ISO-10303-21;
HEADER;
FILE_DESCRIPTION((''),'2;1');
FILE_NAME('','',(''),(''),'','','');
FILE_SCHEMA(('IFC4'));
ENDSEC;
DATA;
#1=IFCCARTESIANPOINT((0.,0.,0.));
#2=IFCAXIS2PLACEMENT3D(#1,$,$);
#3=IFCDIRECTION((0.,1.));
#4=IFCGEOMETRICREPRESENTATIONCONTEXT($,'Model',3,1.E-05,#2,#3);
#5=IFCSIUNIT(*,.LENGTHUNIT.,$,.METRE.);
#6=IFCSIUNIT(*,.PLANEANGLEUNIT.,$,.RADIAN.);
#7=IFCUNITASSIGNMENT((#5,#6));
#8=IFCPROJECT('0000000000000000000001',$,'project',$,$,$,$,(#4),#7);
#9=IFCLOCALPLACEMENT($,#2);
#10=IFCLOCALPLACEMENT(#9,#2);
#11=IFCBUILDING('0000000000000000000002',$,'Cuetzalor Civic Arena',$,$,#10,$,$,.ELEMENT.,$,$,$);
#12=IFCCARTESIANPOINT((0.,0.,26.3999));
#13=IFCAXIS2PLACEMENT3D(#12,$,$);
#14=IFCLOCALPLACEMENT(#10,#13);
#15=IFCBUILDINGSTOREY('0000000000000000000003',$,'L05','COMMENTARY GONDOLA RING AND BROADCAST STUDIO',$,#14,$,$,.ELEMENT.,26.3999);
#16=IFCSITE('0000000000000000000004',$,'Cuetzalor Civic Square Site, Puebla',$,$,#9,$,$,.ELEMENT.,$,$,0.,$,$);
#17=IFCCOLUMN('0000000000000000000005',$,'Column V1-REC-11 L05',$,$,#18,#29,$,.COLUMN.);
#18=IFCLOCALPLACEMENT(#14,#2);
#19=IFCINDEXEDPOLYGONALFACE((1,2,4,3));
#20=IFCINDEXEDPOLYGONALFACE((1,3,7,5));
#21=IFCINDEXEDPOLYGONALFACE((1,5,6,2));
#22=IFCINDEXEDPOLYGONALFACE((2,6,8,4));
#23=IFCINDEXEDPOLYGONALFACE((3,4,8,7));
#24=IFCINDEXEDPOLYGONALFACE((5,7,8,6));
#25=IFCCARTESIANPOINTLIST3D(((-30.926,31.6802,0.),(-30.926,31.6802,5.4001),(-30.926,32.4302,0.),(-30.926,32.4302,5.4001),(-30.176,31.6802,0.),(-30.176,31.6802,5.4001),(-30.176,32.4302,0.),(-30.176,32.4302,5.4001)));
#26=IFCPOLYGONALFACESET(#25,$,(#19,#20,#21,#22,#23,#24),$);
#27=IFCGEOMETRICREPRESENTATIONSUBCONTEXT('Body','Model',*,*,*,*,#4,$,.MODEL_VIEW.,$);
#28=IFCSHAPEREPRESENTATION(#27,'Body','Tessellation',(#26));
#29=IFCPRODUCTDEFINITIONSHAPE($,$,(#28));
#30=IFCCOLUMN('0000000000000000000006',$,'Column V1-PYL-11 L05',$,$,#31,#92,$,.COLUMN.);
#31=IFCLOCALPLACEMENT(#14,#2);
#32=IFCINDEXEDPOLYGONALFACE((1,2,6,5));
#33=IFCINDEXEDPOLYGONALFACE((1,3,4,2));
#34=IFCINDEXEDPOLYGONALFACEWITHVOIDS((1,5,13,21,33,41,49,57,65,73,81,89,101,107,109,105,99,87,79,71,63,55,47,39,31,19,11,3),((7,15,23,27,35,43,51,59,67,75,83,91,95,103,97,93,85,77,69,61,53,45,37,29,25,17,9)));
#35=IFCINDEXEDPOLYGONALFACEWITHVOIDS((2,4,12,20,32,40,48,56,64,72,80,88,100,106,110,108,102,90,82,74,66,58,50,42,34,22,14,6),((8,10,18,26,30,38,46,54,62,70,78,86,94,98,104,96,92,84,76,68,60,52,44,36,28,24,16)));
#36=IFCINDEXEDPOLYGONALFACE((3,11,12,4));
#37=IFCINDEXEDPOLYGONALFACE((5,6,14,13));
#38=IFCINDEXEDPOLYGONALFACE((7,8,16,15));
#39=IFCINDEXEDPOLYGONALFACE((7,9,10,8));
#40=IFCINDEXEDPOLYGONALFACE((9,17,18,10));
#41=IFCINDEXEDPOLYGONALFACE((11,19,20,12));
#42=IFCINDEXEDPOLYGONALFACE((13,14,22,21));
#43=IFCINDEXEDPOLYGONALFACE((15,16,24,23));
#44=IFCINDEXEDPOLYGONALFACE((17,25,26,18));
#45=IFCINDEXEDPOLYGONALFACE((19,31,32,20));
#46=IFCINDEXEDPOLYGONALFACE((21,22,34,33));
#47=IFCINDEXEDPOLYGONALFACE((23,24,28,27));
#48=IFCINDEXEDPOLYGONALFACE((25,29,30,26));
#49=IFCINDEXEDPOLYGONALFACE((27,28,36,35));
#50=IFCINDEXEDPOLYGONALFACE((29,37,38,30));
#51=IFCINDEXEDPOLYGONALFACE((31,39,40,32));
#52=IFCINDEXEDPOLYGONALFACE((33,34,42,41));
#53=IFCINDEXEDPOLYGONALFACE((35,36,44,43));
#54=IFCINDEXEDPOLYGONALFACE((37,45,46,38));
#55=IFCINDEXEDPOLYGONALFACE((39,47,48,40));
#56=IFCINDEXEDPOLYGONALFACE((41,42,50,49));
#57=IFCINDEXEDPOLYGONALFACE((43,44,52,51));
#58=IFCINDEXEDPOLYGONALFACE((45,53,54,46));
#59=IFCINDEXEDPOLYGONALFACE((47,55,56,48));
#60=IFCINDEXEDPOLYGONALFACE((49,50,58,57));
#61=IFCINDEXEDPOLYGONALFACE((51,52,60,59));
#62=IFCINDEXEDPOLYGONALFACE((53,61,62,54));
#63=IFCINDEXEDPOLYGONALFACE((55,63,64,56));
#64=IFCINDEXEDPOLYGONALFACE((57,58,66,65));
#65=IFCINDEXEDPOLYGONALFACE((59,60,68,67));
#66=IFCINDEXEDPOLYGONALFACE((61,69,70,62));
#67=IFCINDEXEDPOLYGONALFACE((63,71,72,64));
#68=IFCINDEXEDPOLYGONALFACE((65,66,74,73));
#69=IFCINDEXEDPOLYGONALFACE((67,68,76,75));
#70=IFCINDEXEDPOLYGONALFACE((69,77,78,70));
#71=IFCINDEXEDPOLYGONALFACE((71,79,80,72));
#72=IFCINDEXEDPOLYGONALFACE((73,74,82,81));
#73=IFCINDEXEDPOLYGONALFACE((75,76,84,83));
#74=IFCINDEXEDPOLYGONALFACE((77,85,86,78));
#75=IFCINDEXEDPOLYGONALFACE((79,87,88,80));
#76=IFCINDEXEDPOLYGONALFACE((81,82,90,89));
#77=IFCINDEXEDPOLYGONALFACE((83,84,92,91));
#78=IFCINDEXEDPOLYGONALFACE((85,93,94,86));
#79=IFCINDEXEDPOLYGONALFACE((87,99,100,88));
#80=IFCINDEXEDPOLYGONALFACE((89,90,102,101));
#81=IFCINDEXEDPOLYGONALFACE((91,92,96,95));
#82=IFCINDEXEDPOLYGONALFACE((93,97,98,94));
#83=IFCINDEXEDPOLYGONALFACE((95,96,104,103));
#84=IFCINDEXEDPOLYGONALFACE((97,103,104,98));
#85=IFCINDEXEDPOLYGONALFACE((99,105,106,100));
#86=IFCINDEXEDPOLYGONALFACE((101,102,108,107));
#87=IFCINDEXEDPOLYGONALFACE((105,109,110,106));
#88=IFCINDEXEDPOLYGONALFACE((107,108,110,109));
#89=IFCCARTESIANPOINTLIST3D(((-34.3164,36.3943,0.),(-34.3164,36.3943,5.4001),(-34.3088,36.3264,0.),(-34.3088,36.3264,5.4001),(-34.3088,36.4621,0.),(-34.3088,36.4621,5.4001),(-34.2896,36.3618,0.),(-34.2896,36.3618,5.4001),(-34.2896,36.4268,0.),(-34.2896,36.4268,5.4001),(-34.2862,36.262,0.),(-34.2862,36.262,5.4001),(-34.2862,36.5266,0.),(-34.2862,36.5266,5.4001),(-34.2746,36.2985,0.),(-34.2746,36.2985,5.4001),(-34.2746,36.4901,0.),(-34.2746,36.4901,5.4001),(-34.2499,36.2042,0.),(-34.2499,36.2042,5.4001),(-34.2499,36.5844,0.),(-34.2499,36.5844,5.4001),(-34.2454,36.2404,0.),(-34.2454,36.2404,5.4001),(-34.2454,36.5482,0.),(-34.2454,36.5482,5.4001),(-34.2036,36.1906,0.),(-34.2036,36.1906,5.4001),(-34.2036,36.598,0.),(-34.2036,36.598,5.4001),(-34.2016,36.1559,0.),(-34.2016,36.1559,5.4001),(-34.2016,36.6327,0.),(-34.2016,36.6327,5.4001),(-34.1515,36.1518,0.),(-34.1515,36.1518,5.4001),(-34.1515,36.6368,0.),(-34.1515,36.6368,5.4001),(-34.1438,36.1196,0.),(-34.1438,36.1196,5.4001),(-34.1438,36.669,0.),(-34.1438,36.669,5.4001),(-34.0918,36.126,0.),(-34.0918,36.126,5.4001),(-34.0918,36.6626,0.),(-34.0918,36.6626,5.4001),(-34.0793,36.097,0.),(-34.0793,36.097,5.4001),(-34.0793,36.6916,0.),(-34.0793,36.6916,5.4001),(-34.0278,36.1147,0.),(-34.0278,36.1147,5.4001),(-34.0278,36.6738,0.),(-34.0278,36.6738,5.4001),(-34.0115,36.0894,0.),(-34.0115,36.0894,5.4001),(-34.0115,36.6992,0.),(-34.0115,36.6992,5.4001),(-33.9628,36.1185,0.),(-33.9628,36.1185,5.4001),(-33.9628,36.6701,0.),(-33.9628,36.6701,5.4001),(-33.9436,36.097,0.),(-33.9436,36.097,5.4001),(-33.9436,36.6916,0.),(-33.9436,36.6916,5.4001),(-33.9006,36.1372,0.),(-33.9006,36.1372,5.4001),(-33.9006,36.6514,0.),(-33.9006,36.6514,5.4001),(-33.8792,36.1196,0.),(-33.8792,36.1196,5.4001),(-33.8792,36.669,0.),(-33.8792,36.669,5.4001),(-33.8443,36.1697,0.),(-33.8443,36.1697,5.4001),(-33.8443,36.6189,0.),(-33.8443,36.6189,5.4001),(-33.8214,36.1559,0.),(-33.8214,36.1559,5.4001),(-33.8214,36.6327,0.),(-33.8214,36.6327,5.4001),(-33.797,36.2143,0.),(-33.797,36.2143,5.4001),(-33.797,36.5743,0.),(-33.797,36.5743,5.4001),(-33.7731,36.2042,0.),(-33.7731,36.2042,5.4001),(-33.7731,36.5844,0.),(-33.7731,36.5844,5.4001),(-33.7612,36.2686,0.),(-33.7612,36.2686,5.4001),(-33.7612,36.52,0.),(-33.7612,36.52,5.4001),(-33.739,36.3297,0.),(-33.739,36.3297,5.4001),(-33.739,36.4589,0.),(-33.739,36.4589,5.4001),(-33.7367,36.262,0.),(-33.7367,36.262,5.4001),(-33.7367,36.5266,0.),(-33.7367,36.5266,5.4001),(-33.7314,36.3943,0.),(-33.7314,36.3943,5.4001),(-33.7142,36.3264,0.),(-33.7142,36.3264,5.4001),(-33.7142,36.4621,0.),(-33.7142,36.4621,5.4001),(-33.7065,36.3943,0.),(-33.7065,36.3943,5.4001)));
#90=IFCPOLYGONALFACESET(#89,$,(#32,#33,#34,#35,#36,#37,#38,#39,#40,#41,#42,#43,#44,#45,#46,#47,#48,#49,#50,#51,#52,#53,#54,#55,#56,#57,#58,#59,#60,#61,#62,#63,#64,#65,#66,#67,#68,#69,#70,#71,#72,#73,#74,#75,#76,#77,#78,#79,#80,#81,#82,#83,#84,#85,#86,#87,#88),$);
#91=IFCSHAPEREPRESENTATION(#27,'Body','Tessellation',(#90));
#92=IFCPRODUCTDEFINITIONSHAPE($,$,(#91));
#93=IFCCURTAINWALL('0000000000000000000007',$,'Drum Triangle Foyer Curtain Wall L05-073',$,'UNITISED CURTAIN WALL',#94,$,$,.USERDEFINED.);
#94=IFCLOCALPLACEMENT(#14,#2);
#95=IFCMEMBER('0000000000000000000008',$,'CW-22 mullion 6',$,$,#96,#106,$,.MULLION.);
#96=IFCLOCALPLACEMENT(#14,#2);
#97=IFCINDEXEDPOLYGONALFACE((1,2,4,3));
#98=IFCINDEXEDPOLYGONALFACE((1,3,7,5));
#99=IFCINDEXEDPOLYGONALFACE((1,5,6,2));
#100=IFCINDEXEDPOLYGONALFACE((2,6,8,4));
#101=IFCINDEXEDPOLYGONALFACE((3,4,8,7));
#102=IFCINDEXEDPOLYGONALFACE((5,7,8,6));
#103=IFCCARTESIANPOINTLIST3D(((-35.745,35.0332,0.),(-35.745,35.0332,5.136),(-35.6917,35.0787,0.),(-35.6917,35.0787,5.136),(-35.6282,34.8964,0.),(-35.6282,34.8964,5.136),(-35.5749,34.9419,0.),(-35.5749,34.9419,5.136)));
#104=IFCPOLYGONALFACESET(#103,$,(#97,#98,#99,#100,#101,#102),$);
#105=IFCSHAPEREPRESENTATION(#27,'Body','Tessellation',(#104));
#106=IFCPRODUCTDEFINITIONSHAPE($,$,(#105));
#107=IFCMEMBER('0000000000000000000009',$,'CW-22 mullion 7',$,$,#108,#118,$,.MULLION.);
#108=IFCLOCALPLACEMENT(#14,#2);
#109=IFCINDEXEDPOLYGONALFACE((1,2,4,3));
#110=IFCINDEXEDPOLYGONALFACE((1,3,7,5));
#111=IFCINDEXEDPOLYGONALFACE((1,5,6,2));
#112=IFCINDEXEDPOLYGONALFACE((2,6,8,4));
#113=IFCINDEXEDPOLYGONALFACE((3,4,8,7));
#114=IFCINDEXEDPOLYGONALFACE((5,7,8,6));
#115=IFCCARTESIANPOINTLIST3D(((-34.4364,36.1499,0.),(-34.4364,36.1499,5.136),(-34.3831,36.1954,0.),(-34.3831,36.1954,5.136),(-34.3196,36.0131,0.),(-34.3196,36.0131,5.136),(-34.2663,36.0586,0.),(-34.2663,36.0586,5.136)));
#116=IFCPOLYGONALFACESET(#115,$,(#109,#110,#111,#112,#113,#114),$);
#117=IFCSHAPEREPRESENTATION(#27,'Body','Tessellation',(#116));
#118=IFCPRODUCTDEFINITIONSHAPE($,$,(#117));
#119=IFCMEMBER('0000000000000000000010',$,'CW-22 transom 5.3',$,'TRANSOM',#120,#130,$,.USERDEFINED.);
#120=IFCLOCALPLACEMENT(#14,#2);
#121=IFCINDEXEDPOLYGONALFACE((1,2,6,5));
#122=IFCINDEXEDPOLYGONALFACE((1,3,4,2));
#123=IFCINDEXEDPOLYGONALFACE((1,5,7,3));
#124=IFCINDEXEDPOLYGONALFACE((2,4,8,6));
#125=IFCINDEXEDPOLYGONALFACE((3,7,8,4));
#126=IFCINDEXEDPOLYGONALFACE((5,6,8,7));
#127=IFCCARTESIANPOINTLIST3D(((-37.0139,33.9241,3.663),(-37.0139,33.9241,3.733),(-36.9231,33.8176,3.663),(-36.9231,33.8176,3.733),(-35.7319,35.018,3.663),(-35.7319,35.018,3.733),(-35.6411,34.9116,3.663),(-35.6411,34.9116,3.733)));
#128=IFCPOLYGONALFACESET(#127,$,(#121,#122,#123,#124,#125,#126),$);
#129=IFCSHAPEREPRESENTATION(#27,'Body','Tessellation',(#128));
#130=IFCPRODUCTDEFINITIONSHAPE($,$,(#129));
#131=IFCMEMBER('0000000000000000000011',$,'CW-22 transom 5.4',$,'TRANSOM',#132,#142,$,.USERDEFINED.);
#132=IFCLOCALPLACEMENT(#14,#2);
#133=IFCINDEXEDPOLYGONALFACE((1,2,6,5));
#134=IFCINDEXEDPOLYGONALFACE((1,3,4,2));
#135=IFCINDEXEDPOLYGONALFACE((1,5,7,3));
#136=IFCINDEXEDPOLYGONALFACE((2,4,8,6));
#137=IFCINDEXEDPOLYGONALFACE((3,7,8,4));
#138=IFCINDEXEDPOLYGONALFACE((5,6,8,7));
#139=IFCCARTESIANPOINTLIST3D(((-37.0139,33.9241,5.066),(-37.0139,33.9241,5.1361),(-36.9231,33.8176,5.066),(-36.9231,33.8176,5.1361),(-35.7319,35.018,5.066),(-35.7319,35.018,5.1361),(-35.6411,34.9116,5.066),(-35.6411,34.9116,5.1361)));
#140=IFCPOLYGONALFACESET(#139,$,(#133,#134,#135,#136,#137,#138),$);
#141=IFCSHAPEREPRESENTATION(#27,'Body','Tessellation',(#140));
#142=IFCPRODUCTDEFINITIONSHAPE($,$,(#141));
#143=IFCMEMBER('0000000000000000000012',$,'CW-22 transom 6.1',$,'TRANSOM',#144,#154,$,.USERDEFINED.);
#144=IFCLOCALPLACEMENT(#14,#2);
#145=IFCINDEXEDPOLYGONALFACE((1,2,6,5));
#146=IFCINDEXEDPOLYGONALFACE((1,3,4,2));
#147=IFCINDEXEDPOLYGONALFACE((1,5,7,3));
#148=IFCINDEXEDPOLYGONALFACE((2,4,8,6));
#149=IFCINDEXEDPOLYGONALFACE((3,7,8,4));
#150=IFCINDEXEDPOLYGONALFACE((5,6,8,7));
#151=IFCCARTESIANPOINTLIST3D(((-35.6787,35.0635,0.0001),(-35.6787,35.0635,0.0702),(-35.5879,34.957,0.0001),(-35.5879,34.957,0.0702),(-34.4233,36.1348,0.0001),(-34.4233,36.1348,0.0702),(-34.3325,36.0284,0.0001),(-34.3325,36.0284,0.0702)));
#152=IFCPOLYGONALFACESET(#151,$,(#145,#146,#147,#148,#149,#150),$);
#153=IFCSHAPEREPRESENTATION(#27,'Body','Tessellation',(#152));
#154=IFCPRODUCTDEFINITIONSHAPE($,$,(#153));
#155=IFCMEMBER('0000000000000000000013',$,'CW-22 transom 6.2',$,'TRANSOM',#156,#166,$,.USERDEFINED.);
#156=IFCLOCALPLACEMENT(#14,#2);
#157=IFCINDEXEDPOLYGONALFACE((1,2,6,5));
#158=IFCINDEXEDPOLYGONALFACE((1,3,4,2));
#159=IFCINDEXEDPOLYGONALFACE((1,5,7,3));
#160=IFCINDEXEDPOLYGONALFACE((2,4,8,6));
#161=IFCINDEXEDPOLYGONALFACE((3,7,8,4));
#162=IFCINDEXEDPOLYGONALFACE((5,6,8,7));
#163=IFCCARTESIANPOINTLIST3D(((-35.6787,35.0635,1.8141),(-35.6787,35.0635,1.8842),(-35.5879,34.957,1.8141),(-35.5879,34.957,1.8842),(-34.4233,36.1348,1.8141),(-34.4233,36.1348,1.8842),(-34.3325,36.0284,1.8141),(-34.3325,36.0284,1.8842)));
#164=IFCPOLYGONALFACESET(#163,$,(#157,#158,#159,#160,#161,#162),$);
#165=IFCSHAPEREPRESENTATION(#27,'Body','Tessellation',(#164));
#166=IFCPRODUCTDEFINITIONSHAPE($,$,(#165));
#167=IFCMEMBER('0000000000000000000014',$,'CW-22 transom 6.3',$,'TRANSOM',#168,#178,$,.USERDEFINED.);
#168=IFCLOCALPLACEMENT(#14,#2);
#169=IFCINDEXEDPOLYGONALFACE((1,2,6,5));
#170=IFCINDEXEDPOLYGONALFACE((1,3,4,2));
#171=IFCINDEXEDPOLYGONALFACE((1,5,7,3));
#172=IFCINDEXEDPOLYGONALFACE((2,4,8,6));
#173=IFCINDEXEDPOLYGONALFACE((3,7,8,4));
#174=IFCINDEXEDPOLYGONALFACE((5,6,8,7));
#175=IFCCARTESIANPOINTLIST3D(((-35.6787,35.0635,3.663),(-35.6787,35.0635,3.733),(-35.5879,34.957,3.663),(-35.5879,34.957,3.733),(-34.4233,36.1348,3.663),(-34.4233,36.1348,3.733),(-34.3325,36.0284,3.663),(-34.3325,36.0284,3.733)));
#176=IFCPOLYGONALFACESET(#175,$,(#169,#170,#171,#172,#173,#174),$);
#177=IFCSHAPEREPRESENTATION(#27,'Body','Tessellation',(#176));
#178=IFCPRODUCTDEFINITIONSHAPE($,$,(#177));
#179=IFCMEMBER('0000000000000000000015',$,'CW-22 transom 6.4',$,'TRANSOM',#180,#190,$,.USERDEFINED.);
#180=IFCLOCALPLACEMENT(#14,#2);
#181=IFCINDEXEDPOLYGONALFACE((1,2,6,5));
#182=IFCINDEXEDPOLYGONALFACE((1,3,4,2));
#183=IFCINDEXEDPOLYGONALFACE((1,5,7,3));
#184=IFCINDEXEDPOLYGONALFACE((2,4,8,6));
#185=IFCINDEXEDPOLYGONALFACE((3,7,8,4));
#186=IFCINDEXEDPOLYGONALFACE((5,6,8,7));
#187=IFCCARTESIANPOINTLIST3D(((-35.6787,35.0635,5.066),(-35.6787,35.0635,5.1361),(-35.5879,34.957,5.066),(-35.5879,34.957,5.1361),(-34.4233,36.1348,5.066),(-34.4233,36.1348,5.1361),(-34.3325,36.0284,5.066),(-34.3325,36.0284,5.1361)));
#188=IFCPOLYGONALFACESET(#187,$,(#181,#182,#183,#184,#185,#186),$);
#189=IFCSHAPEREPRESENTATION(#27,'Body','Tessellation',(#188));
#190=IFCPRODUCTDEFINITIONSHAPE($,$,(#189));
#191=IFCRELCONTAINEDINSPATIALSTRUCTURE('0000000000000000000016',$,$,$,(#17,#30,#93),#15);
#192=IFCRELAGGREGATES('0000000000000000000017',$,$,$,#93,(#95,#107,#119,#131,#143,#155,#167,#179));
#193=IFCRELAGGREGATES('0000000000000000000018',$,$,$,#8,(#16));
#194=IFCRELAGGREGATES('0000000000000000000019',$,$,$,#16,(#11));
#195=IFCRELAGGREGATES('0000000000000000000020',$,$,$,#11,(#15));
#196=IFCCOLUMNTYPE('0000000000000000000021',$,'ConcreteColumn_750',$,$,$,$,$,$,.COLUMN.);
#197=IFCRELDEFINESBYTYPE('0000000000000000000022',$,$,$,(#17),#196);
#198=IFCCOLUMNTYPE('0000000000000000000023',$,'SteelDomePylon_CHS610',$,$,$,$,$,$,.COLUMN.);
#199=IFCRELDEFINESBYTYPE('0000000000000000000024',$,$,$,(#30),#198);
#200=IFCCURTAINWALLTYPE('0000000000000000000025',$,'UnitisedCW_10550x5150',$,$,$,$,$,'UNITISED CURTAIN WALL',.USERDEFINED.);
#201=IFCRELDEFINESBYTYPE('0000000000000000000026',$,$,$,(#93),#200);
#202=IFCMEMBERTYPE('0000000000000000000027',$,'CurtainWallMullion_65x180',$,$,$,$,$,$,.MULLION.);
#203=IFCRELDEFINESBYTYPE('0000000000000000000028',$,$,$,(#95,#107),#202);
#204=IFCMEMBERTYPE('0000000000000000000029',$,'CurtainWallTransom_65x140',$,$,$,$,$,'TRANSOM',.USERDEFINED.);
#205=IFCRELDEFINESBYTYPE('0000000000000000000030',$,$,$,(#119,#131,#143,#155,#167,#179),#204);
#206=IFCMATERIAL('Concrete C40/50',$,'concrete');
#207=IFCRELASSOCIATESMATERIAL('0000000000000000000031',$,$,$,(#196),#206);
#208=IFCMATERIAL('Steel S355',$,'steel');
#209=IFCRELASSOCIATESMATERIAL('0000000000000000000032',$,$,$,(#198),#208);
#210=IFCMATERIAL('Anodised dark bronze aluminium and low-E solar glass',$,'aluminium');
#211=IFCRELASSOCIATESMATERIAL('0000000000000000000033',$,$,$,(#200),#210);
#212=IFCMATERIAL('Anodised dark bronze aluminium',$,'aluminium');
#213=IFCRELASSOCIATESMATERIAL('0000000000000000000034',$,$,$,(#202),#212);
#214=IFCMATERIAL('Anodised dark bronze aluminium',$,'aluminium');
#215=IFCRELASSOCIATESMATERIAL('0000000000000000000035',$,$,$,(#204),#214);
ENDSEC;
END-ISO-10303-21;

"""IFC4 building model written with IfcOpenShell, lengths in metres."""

from ifc_helpers import new_model, si_unit, direction, frame, origin, origin_2d, place, context, subcontext, project, spatial, rectangle, hollow_circle, extrude, material, material_profile, profile_set, type_object, element, aggregate, save


model = new_model("IFC4")

# Units and contexts
model_context = context("Model", 3, precision=1e-05, world=origin(), true_north=direction((0.0, 1.0)))
body_context = subcontext(model_context, "Body", "Model", "MODEL_VIEW")
ifc_project = project(units=[si_unit("LENGTHUNIT", "METRE"), si_unit("PLANEANGLEUNIT", "RADIAN")], contexts=[model_context])

# Site, building, storey
site_placement = place(None, origin())
site = spatial("IfcSite", under=ifc_project, at=site_placement, Name="Cuetzalor Civic Square Site, Puebla", CompositionType="ELEMENT", RefElevation=0.0)
building_placement = place(site_placement, origin())
building = spatial("IfcBuilding", under=site, at=building_placement, Name="Cuetzalor Civic Arena", CompositionType="ELEMENT")
storey_placement = place(building_placement, frame((0.0, 0.0, 26.3999)))
storey = spatial("IfcBuildingStorey", under=building, at=storey_placement, Name="L05", Description="COMMENTARY GONDOLA RING AND BROADCAST STUDIO", CompositionType="ELEMENT", Elevation=26.3999)

# Columns
ifc_material_1 = material(Name="Concrete C40/50", Category="concrete")
ifc_material_profile_1 = material_profile(ifc_material_1, rectangle(XDim=0.75, YDim=0.75, at=origin_2d()), Name="RC 750x750")
ifc_profile_set_1 = profile_set([ifc_material_profile_1], Name="Concrete C40/50")
column_type_1 = type_object("IfcColumnType", Name="ConcreteColumn_750", PredefinedType="COLUMN", material=ifc_profile_set_1)
column_1_placement = place(storey_placement, frame((-30.551, 32.0552, 0.0), z_axis=(0.0, 0.0, 1.0), x_axis=(1.0, 0.0, 0.0)))
element("IfcColumn", 1, at=column_1_placement, inside=storey, type_object=column_type_1, Name="Column V1-REC-11 L05", PredefinedType="COLUMN", context=body_context, shape_type="SweptSolid", body=[
    extrude(rectangle(XDim=0.75, YDim=0.75, at=origin_2d()), origin(), (0.0, 0.0, 1.0), 5.4001),
])
ifc_material_2 = material(Name="Steel S355", Category="steel")
ifc_material_profile_2 = material_profile(ifc_material_2, hollow_circle(Radius=0.3049, WallThickness=0.0249, at=origin_2d()), Name="CHS 610x25")
ifc_profile_set_2 = profile_set([ifc_material_profile_2], Name="Steel S355")
column_type_2 = type_object("IfcColumnType", Name="SteelDomePylon_CHS610", PredefinedType="COLUMN", material=ifc_profile_set_2)
column_2_placement = place(storey_placement, frame((-34.0115, 36.3943, 0.0), z_axis=(0.0, 0.0, 1.0), x_axis=(1.0, 0.0, 0.0)))
element("IfcColumn", 2, at=column_2_placement, inside=storey, type_object=column_type_2, Name="Column V1-PYL-11 L05", PredefinedType="COLUMN", context=body_context, shape_type="SweptSolid", body=[
    extrude(hollow_circle(Radius=0.3049, WallThickness=0.0249, at=origin_2d()), origin(), (0.0, 0.0, 1.0), 5.4001),
])

# Curtain wall, members
ifc_material_3 = material(Name="Anodised dark bronze aluminium and low-E solar glass", Category="aluminium")
curtain_wall_type = type_object("IfcCurtainWallType", Name="UnitisedCW_10550x5150", ElementType="UNITISED CURTAIN WALL", PredefinedType="USERDEFINED", material=ifc_material_3)
curtain_wall_placement = place(storey_placement, origin())
curtain_wall = element("IfcCurtainWall", 3, at=curtain_wall_placement, inside=storey, type_object=curtain_wall_type, Name="Drum Triangle Foyer Curtain Wall L05-073", ObjectType="UNITISED CURTAIN WALL", PredefinedType="USERDEFINED")
ifc_material_4 = material(Name="Anodised dark bronze aluminium", Category="aluminium")
ifc_material_profile_3 = material_profile(ifc_material_4, rectangle(XDim=0.0701, YDim=0.1799, at=origin_2d()), Name="ALU MULLION 70x180")
ifc_profile_set_3 = profile_set([ifc_material_profile_3], Name="Anodised dark bronze aluminium")
member_type_1 = type_object("IfcMemberType", Name="CurtainWallMullion_65x180", PredefinedType="MULLION", material=ifc_profile_set_3)
member_1_placement = place(storey_placement, frame((-35.6599, 34.9875, 0.0), z_axis=(0.0, 0.0, 1.0), x_axis=(0.760677, 0.64913, 0.0)))
member_1 = element("IfcMember", 4, at=member_1_placement, type_object=member_type_1, Name="CW-22 mullion 6", PredefinedType="MULLION", context=body_context, shape_type="SweptSolid", body=[
    extrude(rectangle(XDim=0.0701, YDim=0.1799, at=origin_2d()), origin(), (0.0, 0.0, 1.0), 5.136),
])
member_2_placement = place(storey_placement, frame((-34.3513, 36.1042, 0.0), z_axis=(0.0, 0.0, 1.0), x_axis=(0.760677, 0.64913, 0.0)))
member_2 = element("IfcMember", 5, at=member_2_placement, type_object=member_type_1, Name="CW-22 mullion 7", PredefinedType="MULLION", context=body_context, shape_type="SweptSolid", body=[
    extrude(rectangle(XDim=0.0701, YDim=0.1799, at=origin_2d()), origin(), (0.0, 0.0, 1.0), 5.136),
])
ifc_material_5 = material(Name="Anodised dark bronze aluminium", Category="aluminium")
ifc_material_profile_4 = material_profile(ifc_material_5, rectangle(XDim=0.1399, YDim=0.0701, at=origin_2d()), Name="ALU TRANSOM 70x140")
ifc_profile_set_4 = profile_set([ifc_material_profile_4], Name="Anodised dark bronze aluminium")
member_type_2 = type_object("IfcMemberType", Name="CurtainWallTransom_65x140", ElementType="TRANSOM", PredefinedType="USERDEFINED", material=ifc_profile_set_4)
member_3_placement = place(storey_placement, frame((-36.9685, 33.8708, 3.698), z_axis=(0.760676, 0.649132, 0.0), x_axis=(-0.649132, 0.760676, 0.0)))
member_3 = element("IfcMember", 6, at=member_3_placement, type_object=member_type_2, Name="CW-22 transom 5.3", ObjectType="TRANSOM", PredefinedType="USERDEFINED", context=body_context, shape_type="SweptSolid", body=[
    extrude(rectangle(XDim=0.1399, YDim=0.0701, at=origin_2d()), origin(), (0.0, 0.0, 1.0), 1.6853),
])
member_4_placement = place(storey_placement, frame((-36.9685, 33.8708, 5.1011), z_axis=(0.760676, 0.649132, 0.0), x_axis=(-0.649132, 0.760676, 0.0)))
member_4 = element("IfcMember", 7, at=member_4_placement, type_object=member_type_2, Name="CW-22 transom 5.4", ObjectType="TRANSOM", PredefinedType="USERDEFINED", context=body_context, shape_type="SweptSolid", body=[
    extrude(rectangle(XDim=0.1399, YDim=0.0701, at=origin_2d()), origin(), (0.0, 0.0, 1.0), 1.6853),
])
member_5_placement = place(storey_placement, frame((-35.6333, 35.0103, 0.0352), z_axis=(0.760675, 0.649133, 0.0), x_axis=(-0.649133, 0.760675, 0.0)))
member_5 = element("IfcMember", 8, at=member_5_placement, type_object=member_type_2, Name="CW-22 transom 6.1", ObjectType="TRANSOM", PredefinedType="USERDEFINED", context=body_context, shape_type="SweptSolid", body=[
    extrude(rectangle(XDim=0.1399, YDim=0.0701, at=origin_2d()), origin(), (0.0, 0.0, 1.0), 1.6504),
])
member_6_placement = place(storey_placement, frame((-35.6333, 35.0103, 1.8491), z_axis=(0.760675, 0.649133, 0.0), x_axis=(-0.649133, 0.760675, 0.0)))
member_6 = element("IfcMember", 9, at=member_6_placement, type_object=member_type_2, Name="CW-22 transom 6.2", ObjectType="TRANSOM", PredefinedType="USERDEFINED", context=body_context, shape_type="SweptSolid", body=[
    extrude(rectangle(XDim=0.1399, YDim=0.0701, at=origin_2d()), origin(), (0.0, 0.0, 1.0), 1.6504),
])
member_7_placement = place(storey_placement, frame((-35.6333, 35.0103, 3.698), z_axis=(0.760675, 0.649133, 0.0), x_axis=(-0.649133, 0.760675, 0.0)))
member_7 = element("IfcMember", 10, at=member_7_placement, type_object=member_type_2, Name="CW-22 transom 6.3", ObjectType="TRANSOM", PredefinedType="USERDEFINED", context=body_context, shape_type="SweptSolid", body=[
    extrude(rectangle(XDim=0.1399, YDim=0.0701, at=origin_2d()), origin(), (0.0, 0.0, 1.0), 1.6504),
])
member_8_placement = place(storey_placement, frame((-35.6333, 35.0103, 5.1011), z_axis=(0.760675, 0.649133, 0.0), x_axis=(-0.649133, 0.760675, 0.0)))
member_8 = element("IfcMember", 11, at=member_8_placement, type_object=member_type_2, Name="CW-22 transom 6.4", ObjectType="TRANSOM", PredefinedType="USERDEFINED", context=body_context, shape_type="SweptSolid", body=[
    extrude(rectangle(XDim=0.1399, YDim=0.0701, at=origin_2d()), origin(), (0.0, 0.0, 1.0), 1.6504),
])
aggregate(curtain_wall, [member_1, member_2, member_3, member_4, member_5, member_6, member_7, member_8])

save(model, "model.ifc")
